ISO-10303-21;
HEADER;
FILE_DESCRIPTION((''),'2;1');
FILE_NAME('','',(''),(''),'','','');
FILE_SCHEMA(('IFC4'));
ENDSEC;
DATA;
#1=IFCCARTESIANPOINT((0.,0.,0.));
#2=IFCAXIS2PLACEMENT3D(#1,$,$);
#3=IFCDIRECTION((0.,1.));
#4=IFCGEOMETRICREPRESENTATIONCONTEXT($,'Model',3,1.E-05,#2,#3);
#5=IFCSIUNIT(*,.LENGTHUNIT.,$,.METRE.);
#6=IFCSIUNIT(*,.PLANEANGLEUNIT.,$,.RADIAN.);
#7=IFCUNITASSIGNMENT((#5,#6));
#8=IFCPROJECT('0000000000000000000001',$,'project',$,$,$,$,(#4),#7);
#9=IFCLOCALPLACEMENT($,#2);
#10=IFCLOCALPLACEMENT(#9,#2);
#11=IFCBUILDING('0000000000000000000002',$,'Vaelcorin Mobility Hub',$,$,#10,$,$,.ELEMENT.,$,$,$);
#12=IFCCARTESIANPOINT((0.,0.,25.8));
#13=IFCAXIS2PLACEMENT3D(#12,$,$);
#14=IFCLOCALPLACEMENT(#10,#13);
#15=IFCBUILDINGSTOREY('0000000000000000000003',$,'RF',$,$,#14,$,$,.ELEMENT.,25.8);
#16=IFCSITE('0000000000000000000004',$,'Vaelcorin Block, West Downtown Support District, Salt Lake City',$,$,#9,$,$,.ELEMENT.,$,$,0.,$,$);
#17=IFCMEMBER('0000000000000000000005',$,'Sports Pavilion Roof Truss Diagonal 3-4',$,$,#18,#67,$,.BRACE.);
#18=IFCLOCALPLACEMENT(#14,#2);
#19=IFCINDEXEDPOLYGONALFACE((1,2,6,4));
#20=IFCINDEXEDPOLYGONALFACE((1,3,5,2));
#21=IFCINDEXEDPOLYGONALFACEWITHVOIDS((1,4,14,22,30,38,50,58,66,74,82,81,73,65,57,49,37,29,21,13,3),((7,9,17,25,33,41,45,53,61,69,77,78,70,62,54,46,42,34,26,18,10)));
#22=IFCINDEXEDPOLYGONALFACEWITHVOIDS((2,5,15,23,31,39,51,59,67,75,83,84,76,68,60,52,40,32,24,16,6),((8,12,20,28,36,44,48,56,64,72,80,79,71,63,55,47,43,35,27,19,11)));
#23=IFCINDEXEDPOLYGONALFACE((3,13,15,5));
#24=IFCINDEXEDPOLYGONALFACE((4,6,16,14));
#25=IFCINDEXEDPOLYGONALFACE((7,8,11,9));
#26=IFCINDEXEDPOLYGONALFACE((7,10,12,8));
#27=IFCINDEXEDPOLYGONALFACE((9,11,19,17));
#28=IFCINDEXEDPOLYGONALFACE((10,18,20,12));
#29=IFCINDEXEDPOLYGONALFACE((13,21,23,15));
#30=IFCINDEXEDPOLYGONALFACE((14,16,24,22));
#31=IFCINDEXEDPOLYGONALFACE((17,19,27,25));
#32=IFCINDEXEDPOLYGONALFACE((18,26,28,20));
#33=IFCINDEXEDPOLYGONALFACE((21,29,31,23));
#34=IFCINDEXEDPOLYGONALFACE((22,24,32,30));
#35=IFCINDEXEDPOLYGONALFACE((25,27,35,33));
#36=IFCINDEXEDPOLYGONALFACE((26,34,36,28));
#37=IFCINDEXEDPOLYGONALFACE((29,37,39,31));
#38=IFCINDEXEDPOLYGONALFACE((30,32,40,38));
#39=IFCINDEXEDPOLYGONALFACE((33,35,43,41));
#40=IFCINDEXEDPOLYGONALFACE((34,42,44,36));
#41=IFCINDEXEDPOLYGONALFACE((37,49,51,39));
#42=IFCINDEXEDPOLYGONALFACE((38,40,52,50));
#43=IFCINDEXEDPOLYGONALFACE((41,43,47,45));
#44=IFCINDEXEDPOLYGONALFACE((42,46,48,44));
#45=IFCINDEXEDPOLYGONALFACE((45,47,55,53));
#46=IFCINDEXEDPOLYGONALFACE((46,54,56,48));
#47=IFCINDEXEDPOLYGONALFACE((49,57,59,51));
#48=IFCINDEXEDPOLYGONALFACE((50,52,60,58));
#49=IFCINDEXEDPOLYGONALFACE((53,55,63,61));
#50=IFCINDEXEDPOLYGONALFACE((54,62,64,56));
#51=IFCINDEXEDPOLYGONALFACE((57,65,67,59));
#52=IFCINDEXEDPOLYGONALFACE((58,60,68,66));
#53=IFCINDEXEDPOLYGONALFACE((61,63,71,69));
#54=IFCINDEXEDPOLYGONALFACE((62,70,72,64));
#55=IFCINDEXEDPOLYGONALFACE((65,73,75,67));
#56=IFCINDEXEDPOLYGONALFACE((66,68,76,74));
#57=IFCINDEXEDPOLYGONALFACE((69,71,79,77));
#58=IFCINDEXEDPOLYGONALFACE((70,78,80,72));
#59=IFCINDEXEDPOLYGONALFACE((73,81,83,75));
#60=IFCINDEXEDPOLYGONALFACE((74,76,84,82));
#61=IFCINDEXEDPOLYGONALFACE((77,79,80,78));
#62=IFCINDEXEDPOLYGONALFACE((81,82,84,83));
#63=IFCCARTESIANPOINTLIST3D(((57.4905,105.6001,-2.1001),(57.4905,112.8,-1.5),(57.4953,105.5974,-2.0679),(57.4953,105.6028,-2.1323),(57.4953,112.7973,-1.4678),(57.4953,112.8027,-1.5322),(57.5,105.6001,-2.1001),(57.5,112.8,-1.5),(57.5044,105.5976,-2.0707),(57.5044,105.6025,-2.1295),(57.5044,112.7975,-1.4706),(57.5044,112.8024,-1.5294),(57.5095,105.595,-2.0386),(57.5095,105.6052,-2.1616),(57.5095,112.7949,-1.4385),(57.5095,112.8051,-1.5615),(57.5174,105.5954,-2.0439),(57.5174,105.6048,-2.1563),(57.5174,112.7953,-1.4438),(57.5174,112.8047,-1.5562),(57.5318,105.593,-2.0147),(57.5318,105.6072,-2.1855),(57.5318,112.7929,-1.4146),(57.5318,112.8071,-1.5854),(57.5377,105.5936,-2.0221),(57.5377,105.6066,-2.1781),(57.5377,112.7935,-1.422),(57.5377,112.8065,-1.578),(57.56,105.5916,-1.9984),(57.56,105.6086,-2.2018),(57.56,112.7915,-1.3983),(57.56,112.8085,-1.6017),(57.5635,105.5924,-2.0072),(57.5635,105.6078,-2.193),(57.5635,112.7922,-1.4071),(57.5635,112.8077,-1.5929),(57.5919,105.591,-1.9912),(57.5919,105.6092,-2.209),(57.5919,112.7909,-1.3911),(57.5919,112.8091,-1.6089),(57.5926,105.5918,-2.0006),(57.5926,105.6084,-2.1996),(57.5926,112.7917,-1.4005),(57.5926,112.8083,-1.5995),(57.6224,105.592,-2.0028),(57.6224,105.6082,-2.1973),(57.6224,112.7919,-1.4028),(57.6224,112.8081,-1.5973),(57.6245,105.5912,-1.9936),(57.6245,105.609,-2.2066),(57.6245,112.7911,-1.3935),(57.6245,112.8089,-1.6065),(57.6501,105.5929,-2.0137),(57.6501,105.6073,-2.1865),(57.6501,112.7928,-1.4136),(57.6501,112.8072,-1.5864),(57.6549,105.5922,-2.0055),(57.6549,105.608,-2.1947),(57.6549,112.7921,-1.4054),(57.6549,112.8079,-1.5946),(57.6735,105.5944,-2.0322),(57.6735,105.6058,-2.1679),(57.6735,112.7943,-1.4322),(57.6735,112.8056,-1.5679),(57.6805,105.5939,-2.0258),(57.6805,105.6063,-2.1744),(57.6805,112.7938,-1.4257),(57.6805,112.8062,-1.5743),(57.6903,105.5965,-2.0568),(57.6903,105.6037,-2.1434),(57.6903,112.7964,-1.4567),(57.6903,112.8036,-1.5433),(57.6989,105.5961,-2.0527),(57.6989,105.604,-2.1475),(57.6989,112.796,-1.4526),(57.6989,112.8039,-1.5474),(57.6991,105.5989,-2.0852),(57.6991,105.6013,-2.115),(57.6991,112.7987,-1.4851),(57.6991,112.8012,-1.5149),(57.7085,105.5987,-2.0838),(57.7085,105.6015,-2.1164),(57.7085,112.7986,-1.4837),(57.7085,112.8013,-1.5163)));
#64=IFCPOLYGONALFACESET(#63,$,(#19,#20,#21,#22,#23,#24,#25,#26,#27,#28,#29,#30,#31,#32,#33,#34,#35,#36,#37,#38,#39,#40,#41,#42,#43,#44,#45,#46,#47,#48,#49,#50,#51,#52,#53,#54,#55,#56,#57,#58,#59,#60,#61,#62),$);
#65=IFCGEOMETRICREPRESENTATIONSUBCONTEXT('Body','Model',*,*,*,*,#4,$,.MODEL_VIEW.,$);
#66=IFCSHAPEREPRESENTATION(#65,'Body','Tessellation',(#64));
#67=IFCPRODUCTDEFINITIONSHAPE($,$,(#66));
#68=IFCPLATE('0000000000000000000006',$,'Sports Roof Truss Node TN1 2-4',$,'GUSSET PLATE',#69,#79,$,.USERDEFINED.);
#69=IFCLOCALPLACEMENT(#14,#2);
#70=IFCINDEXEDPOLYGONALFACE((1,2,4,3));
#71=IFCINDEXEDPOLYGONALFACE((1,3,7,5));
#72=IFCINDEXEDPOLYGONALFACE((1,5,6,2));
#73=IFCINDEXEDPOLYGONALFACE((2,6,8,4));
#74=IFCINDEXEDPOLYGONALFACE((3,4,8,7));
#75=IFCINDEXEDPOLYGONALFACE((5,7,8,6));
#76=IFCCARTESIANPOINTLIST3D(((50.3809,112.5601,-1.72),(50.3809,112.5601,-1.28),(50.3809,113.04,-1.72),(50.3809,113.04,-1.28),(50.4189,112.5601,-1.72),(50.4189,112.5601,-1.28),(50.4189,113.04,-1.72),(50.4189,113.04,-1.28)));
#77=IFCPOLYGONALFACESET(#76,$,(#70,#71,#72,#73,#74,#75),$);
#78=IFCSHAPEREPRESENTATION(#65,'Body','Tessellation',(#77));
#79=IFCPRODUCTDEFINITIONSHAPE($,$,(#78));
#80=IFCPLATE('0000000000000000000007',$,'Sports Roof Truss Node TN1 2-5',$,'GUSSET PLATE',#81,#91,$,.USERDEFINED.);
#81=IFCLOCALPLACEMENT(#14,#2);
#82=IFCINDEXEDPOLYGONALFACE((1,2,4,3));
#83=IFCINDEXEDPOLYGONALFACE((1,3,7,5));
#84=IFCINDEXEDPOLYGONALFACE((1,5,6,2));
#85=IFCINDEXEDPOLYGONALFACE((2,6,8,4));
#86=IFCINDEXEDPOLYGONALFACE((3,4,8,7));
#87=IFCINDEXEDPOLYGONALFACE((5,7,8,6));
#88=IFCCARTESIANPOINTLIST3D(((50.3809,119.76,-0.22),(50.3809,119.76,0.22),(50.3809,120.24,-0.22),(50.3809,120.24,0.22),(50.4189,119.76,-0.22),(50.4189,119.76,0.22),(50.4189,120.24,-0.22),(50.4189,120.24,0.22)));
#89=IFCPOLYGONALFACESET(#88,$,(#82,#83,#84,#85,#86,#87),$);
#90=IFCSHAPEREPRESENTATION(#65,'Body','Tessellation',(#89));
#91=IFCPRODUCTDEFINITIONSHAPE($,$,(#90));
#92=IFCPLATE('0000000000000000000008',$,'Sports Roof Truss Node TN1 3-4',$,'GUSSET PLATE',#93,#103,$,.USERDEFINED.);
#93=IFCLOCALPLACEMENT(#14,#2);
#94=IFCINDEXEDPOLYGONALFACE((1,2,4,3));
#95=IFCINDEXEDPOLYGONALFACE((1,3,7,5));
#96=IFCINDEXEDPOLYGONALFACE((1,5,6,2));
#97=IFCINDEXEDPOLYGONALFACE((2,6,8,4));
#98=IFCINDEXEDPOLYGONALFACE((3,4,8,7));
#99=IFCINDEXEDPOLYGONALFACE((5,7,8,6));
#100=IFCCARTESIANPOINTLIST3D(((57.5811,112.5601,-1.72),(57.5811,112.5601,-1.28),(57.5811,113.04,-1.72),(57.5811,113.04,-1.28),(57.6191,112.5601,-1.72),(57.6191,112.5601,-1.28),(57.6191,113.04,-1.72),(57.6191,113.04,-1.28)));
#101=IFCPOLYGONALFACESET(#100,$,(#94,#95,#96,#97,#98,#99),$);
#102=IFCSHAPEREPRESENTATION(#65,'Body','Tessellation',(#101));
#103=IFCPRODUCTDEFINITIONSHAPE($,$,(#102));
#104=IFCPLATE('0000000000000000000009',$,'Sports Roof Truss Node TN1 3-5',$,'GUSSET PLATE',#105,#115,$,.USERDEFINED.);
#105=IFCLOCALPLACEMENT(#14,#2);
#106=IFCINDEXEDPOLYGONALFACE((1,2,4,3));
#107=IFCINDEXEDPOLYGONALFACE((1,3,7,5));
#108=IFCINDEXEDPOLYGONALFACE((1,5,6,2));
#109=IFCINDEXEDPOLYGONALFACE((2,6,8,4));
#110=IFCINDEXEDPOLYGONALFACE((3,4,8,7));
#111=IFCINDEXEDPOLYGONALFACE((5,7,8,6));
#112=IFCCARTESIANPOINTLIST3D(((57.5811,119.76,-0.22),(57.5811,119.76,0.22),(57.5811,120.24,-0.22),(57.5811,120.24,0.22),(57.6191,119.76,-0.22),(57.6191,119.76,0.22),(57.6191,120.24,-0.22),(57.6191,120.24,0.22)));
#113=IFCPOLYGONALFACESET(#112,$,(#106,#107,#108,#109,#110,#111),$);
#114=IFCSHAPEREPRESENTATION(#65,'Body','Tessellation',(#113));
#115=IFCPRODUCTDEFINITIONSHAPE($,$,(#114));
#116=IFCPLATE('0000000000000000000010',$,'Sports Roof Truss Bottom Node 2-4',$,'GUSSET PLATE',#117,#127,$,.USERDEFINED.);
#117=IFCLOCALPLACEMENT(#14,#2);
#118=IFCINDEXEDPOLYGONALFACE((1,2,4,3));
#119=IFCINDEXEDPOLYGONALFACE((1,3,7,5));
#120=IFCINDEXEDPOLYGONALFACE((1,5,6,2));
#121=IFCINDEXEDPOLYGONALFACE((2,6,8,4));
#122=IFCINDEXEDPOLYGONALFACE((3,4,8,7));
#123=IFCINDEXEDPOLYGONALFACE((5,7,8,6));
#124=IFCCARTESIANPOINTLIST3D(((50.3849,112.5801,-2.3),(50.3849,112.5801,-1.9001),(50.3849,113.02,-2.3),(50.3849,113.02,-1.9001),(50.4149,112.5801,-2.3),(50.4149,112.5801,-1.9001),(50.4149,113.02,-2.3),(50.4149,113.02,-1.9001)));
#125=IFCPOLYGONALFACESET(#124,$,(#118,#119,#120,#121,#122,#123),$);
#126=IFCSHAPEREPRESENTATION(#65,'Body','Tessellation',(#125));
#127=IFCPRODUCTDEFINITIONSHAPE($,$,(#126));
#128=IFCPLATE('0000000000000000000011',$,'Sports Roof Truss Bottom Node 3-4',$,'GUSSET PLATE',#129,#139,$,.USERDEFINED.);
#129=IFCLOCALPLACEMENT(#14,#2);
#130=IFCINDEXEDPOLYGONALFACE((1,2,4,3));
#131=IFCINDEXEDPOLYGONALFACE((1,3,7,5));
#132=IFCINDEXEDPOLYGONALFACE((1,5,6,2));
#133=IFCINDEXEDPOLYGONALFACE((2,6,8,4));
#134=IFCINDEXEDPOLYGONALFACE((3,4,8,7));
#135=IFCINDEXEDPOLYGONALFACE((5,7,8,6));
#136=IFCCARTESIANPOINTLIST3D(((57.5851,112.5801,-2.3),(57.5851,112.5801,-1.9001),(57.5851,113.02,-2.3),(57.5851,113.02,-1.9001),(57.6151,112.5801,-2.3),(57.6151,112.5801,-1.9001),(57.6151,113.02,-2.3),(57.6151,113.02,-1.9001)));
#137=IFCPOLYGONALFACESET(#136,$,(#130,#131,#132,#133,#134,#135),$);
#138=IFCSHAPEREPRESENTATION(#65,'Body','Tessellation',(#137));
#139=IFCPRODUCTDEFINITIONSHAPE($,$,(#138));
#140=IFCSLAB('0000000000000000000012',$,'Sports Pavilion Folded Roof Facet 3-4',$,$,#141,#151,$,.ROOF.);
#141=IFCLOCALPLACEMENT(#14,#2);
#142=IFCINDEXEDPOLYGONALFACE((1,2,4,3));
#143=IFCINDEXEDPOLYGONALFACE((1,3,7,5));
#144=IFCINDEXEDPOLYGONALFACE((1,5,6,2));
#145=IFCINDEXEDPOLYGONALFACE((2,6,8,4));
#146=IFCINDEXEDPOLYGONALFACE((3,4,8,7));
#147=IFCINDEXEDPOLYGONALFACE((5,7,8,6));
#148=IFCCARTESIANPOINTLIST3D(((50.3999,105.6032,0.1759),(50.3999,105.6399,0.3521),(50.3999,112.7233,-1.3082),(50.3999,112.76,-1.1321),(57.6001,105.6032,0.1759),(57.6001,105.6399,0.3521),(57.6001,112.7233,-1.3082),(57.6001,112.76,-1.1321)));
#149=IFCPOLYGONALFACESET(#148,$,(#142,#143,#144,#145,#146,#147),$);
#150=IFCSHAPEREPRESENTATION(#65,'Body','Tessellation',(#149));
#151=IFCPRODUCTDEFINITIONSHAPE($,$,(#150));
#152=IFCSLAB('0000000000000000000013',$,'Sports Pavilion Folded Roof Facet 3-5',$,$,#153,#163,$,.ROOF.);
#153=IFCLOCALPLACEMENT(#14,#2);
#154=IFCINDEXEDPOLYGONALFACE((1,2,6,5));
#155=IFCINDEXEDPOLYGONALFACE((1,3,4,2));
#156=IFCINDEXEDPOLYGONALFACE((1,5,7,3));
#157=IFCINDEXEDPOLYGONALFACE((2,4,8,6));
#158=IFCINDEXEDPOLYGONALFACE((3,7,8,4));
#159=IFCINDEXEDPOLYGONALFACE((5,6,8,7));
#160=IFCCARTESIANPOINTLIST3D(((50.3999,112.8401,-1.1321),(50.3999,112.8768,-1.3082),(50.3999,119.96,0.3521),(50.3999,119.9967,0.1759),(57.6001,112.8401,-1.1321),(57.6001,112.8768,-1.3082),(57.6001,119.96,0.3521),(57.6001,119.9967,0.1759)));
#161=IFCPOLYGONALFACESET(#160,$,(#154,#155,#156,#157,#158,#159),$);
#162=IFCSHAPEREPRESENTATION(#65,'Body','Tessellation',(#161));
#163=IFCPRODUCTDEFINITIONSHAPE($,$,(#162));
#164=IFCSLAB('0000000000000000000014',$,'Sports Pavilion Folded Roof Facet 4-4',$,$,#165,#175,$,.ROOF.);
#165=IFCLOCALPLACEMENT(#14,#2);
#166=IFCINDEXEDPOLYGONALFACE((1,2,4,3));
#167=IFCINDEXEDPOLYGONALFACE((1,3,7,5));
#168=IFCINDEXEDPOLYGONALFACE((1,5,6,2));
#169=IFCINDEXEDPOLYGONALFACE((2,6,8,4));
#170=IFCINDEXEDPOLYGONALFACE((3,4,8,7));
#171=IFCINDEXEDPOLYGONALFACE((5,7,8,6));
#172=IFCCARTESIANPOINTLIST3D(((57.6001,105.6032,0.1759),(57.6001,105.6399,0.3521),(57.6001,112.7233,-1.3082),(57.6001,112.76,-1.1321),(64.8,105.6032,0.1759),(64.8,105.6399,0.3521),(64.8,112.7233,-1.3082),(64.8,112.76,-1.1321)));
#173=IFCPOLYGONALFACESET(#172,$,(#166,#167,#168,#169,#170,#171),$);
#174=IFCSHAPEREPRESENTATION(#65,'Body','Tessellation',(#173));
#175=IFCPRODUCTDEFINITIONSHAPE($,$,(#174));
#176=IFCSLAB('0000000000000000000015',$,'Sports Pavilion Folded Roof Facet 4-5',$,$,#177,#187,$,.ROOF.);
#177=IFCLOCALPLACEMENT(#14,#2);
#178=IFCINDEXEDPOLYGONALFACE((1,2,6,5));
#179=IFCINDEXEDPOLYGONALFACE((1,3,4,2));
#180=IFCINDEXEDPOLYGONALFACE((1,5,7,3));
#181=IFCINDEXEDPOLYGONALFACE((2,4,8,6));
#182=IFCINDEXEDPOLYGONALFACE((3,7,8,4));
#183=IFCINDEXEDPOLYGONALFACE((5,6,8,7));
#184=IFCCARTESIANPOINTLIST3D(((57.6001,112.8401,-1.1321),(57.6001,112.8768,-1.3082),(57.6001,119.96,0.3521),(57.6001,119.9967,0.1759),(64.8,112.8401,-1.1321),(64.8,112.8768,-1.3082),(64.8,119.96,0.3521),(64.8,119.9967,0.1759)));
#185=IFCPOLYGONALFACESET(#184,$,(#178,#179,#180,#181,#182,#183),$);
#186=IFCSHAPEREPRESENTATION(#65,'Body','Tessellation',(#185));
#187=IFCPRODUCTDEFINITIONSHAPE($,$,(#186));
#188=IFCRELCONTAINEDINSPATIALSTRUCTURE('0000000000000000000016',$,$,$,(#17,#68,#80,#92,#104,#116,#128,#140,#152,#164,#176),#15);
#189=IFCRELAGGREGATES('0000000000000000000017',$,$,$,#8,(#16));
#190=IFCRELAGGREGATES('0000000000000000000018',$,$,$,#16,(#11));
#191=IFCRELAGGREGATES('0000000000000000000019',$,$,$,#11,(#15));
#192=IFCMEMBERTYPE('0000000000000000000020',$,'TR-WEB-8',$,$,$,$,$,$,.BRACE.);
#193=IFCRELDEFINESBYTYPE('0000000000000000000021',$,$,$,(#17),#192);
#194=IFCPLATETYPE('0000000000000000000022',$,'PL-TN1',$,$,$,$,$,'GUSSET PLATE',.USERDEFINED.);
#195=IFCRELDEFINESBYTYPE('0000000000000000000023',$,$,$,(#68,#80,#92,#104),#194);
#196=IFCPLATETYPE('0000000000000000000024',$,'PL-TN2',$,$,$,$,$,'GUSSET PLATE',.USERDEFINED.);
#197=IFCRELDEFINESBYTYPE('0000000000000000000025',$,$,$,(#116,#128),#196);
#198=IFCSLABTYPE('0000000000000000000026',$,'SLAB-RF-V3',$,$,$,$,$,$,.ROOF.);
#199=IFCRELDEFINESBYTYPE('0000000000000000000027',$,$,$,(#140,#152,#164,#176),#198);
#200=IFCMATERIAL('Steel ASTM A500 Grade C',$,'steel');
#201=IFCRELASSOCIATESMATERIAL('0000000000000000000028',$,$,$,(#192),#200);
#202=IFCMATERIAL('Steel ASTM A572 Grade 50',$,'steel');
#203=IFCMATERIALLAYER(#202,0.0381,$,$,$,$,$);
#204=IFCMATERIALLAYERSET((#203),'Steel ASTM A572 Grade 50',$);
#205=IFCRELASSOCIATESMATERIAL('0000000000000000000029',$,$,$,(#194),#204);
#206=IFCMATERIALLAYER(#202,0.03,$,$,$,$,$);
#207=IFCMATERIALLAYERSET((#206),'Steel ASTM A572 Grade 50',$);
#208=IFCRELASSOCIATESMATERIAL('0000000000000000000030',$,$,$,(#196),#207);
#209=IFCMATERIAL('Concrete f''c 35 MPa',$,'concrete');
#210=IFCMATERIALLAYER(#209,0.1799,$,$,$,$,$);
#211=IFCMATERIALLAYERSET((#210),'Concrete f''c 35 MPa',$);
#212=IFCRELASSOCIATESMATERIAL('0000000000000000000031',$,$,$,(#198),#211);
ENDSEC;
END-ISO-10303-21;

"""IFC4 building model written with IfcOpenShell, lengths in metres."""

from ifc_helpers import new_model, si_unit, direction, frame, origin, origin_2d, place, context, subcontext, project, spatial, polyline, rectangle, hollow_circle, outline, extrude, material, layer, layer_set, material_profile, profile_set, type_object, element, save


model = new_model("IFC4")

# Units and contexts
model_context = context("Model", 3, precision=1e-05, world=origin(), true_north=direction((0.0, 1.0)))
body_context = subcontext(model_context, "Body", "Model", "MODEL_VIEW")
ifc_project = project(units=[si_unit("LENGTHUNIT", "METRE"), si_unit("PLANEANGLEUNIT", "RADIAN")], contexts=[model_context])

# Site, building, storey
site_placement = place(None, origin())
site = spatial("IfcSite", under=ifc_project, at=site_placement, Name="Vaelcorin Block, West Downtown Support District, Salt Lake City", CompositionType="ELEMENT", RefElevation=0.0)
building_placement = place(site_placement, origin())
building = spatial("IfcBuilding", under=site, at=building_placement, Name="Vaelcorin Mobility Hub", CompositionType="ELEMENT")
storey_placement = place(building_placement, frame((0.0, 0.0, 25.8)))
storey = spatial("IfcBuildingStorey", under=building, at=storey_placement, Name="RF", CompositionType="ELEMENT", Elevation=25.8)

# Shared definitions
ifc_material_1 = material(Name="Steel ASTM A500 Grade C", Category="steel")

# Member
ifc_material_profile_1 = material_profile(ifc_material_1, hollow_circle(Radius=0.1096, WallThickness=0.0095, at=origin_2d()), Name="HSS8.625X0.375")
ifc_profile_set_1 = profile_set([ifc_material_profile_1], Name="Steel ASTM A500 Grade C")
member_type_1 = type_object("IfcMemberType", Name="TR-WEB-8", PredefinedType="BRACE", material=ifc_profile_set_1)
member_1_placement = place(storey_placement, frame((57.6001, 105.6001, -2.1001), z_axis=(0.0, 0.996545, 0.083059), x_axis=(-1.0, 0.0, 0.0)))
element("IfcMember", 1, at=member_1_placement, inside=storey, type_object=member_type_1, Name="Sports Pavilion Roof Truss Diagonal 3-4", PredefinedType="BRACE", context=body_context, shape_type="SweptSolid", body=[
    extrude(hollow_circle(Radius=0.1096, WallThickness=0.0095, at=origin_2d()), origin(), (0.0, 0.0, 1.0), 7.2249),
])

# Plates
ifc_material_2 = material(Name="Steel ASTM A572 Grade 50", Category="steel")
ifc_layer_1 = layer(ifc_material_2, 0.0381)
ifc_layer_set_1 = layer_set([ifc_layer_1], Name="Steel ASTM A572 Grade 50")
plate_type_1 = type_object("IfcPlateType", Name="PL-TN1", ElementType="GUSSET PLATE", PredefinedType="USERDEFINED", material=ifc_layer_set_1)
for number, where, z_axis, x_axis, name in (
    (2, (50.3999, 112.8, -1.72), (0.0, 0.0, 1.0), (1.0, 0.0, 0.0), "Sports Roof Truss Node TN1 2-4"),
    (3, (50.3999, 120.0, -0.22), (0.0, 0.0, 1.0), (1.0, 0.0, 0.0), "Sports Roof Truss Node TN1 2-5"),
    (4, (57.6001, 112.8, -1.72), (0.0, 0.0, 1.0), (1.0, 0.0, 0.0), "Sports Roof Truss Node TN1 3-4"),
    (5, (57.6001, 120.0, -0.22), (0.0, 0.0, 1.0), (1.0, 0.0, 0.0), "Sports Roof Truss Node TN1 3-5"),
):
    element("IfcPlate", number, at=place(storey_placement, frame(where, z_axis=z_axis, x_axis=x_axis)), inside=storey, type_object=plate_type_1, Name=name, ObjectType="GUSSET PLATE", PredefinedType="USERDEFINED", context=body_context, shape_type="SweptSolid", body=[
        extrude(rectangle(XDim=0.0381, YDim=0.48, at=origin_2d()), origin(), (0.0, 0.0, 1.0), 0.4399),
    ])
ifc_layer_2 = layer(ifc_material_2, 0.03)
ifc_layer_set_2 = layer_set([ifc_layer_2], Name="Steel ASTM A572 Grade 50")
plate_type_2 = type_object("IfcPlateType", Name="PL-TN2", ElementType="GUSSET PLATE", PredefinedType="USERDEFINED", material=ifc_layer_set_2)
for number, where, z_axis, x_axis, name in (
    (6, (50.3999, 112.8, -2.3), (0.0, 0.0, 1.0), (1.0, 0.0, 0.0), "Sports Roof Truss Bottom Node 2-4"),
    (7, (57.6001, 112.8, -2.3), (0.0, 0.0, 1.0), (1.0, 0.0, 0.0), "Sports Roof Truss Bottom Node 3-4"),
):
    element("IfcPlate", number, at=place(storey_placement, frame(where, z_axis=z_axis, x_axis=x_axis)), inside=storey, type_object=plate_type_2, Name=name, ObjectType="GUSSET PLATE", PredefinedType="USERDEFINED", context=body_context, shape_type="SweptSolid", body=[
        extrude(rectangle(XDim=0.03, YDim=0.4399, at=origin_2d()), origin(), (0.0, 0.0, 1.0), 0.3999),
    ])

# Slabs
ifc_material_3 = material(Name="Concrete f'c 35 MPa", Category="concrete")
ifc_layer_3 = layer(ifc_material_3, 0.1799)
ifc_layer_set_3 = layer_set([ifc_layer_3], Name="Concrete f'c 35 MPa")
slab_type = type_object("IfcSlabType", Name="SLAB-RF-V3", PredefinedType="ROOF", material=ifc_layer_set_3)
slab_1_placement = place(storey_placement, frame((50.3999, 105.6399, 0.3521), z_axis=(0.0, 0.204056, 0.978959), x_axis=(1.0, 0.0, 0.0)))
element("IfcSlab", 8, at=slab_1_placement, inside=storey, type_object=slab_type, Name="Sports Pavilion Folded Roof Facet 3-4", PredefinedType="ROOF", context=body_context, shape_type="SweptSolid", body=[
    extrude(outline(polyline([(0.0, 0.0), (7.2002, 0.0), (7.2002, 7.2732), (0.0, 7.2732), (0.0, 0.0)])), origin(), (0.0, 0.0, -1.0), 0.1799),
])
slab_2_placement = place(storey_placement, frame((50.3999, 112.8401, -1.1321), z_axis=(0.0, -0.204063, 0.978958), x_axis=(1.0, 0.0, 0.0)))
element("IfcSlab", 9, at=slab_2_placement, inside=storey, type_object=slab_type, Name="Sports Pavilion Folded Roof Facet 3-5", PredefinedType="ROOF", context=body_context, shape_type="SweptSolid", body=[
    extrude(outline(polyline([(0.0, 0.0), (7.2002, 0.0), (7.2002, 7.2729), (0.0, 7.2729), (0.0, 0.0)])), origin(), (0.0, 0.0, -1.0), 0.1799),
])
slab_3_placement = place(storey_placement, frame((57.6001, 105.6399, 0.3521), z_axis=(0.0, 0.204056, 0.978959), x_axis=(1.0, 0.0, 0.0)))
element("IfcSlab", 10, at=slab_3_placement, inside=storey, type_object=slab_type, Name="Sports Pavilion Folded Roof Facet 4-4", PredefinedType="ROOF", context=body_context, shape_type="SweptSolid", body=[
    extrude(outline(polyline([(0.0, 0.0), (7.2, 0.0), (7.2, 7.2732), (0.0, 7.2732), (0.0, 0.0)])), origin(), (0.0, 0.0, -1.0), 0.1799),
])
slab_4_placement = place(storey_placement, frame((57.6001, 112.8401, -1.1321), z_axis=(0.0, -0.204063, 0.978958), x_axis=(1.0, 0.0, 0.0)))
element("IfcSlab", 11, at=slab_4_placement, inside=storey, type_object=slab_type, Name="Sports Pavilion Folded Roof Facet 4-5", PredefinedType="ROOF", context=body_context, shape_type="SweptSolid", body=[
    extrude(outline(polyline([(0.0, 0.0), (7.2, 0.0), (7.2, 7.2729), (0.0, 7.2729), (0.0, 0.0)])), origin(), (0.0, 0.0, -1.0), 0.1799),
])

save(model, "model.ifc")
